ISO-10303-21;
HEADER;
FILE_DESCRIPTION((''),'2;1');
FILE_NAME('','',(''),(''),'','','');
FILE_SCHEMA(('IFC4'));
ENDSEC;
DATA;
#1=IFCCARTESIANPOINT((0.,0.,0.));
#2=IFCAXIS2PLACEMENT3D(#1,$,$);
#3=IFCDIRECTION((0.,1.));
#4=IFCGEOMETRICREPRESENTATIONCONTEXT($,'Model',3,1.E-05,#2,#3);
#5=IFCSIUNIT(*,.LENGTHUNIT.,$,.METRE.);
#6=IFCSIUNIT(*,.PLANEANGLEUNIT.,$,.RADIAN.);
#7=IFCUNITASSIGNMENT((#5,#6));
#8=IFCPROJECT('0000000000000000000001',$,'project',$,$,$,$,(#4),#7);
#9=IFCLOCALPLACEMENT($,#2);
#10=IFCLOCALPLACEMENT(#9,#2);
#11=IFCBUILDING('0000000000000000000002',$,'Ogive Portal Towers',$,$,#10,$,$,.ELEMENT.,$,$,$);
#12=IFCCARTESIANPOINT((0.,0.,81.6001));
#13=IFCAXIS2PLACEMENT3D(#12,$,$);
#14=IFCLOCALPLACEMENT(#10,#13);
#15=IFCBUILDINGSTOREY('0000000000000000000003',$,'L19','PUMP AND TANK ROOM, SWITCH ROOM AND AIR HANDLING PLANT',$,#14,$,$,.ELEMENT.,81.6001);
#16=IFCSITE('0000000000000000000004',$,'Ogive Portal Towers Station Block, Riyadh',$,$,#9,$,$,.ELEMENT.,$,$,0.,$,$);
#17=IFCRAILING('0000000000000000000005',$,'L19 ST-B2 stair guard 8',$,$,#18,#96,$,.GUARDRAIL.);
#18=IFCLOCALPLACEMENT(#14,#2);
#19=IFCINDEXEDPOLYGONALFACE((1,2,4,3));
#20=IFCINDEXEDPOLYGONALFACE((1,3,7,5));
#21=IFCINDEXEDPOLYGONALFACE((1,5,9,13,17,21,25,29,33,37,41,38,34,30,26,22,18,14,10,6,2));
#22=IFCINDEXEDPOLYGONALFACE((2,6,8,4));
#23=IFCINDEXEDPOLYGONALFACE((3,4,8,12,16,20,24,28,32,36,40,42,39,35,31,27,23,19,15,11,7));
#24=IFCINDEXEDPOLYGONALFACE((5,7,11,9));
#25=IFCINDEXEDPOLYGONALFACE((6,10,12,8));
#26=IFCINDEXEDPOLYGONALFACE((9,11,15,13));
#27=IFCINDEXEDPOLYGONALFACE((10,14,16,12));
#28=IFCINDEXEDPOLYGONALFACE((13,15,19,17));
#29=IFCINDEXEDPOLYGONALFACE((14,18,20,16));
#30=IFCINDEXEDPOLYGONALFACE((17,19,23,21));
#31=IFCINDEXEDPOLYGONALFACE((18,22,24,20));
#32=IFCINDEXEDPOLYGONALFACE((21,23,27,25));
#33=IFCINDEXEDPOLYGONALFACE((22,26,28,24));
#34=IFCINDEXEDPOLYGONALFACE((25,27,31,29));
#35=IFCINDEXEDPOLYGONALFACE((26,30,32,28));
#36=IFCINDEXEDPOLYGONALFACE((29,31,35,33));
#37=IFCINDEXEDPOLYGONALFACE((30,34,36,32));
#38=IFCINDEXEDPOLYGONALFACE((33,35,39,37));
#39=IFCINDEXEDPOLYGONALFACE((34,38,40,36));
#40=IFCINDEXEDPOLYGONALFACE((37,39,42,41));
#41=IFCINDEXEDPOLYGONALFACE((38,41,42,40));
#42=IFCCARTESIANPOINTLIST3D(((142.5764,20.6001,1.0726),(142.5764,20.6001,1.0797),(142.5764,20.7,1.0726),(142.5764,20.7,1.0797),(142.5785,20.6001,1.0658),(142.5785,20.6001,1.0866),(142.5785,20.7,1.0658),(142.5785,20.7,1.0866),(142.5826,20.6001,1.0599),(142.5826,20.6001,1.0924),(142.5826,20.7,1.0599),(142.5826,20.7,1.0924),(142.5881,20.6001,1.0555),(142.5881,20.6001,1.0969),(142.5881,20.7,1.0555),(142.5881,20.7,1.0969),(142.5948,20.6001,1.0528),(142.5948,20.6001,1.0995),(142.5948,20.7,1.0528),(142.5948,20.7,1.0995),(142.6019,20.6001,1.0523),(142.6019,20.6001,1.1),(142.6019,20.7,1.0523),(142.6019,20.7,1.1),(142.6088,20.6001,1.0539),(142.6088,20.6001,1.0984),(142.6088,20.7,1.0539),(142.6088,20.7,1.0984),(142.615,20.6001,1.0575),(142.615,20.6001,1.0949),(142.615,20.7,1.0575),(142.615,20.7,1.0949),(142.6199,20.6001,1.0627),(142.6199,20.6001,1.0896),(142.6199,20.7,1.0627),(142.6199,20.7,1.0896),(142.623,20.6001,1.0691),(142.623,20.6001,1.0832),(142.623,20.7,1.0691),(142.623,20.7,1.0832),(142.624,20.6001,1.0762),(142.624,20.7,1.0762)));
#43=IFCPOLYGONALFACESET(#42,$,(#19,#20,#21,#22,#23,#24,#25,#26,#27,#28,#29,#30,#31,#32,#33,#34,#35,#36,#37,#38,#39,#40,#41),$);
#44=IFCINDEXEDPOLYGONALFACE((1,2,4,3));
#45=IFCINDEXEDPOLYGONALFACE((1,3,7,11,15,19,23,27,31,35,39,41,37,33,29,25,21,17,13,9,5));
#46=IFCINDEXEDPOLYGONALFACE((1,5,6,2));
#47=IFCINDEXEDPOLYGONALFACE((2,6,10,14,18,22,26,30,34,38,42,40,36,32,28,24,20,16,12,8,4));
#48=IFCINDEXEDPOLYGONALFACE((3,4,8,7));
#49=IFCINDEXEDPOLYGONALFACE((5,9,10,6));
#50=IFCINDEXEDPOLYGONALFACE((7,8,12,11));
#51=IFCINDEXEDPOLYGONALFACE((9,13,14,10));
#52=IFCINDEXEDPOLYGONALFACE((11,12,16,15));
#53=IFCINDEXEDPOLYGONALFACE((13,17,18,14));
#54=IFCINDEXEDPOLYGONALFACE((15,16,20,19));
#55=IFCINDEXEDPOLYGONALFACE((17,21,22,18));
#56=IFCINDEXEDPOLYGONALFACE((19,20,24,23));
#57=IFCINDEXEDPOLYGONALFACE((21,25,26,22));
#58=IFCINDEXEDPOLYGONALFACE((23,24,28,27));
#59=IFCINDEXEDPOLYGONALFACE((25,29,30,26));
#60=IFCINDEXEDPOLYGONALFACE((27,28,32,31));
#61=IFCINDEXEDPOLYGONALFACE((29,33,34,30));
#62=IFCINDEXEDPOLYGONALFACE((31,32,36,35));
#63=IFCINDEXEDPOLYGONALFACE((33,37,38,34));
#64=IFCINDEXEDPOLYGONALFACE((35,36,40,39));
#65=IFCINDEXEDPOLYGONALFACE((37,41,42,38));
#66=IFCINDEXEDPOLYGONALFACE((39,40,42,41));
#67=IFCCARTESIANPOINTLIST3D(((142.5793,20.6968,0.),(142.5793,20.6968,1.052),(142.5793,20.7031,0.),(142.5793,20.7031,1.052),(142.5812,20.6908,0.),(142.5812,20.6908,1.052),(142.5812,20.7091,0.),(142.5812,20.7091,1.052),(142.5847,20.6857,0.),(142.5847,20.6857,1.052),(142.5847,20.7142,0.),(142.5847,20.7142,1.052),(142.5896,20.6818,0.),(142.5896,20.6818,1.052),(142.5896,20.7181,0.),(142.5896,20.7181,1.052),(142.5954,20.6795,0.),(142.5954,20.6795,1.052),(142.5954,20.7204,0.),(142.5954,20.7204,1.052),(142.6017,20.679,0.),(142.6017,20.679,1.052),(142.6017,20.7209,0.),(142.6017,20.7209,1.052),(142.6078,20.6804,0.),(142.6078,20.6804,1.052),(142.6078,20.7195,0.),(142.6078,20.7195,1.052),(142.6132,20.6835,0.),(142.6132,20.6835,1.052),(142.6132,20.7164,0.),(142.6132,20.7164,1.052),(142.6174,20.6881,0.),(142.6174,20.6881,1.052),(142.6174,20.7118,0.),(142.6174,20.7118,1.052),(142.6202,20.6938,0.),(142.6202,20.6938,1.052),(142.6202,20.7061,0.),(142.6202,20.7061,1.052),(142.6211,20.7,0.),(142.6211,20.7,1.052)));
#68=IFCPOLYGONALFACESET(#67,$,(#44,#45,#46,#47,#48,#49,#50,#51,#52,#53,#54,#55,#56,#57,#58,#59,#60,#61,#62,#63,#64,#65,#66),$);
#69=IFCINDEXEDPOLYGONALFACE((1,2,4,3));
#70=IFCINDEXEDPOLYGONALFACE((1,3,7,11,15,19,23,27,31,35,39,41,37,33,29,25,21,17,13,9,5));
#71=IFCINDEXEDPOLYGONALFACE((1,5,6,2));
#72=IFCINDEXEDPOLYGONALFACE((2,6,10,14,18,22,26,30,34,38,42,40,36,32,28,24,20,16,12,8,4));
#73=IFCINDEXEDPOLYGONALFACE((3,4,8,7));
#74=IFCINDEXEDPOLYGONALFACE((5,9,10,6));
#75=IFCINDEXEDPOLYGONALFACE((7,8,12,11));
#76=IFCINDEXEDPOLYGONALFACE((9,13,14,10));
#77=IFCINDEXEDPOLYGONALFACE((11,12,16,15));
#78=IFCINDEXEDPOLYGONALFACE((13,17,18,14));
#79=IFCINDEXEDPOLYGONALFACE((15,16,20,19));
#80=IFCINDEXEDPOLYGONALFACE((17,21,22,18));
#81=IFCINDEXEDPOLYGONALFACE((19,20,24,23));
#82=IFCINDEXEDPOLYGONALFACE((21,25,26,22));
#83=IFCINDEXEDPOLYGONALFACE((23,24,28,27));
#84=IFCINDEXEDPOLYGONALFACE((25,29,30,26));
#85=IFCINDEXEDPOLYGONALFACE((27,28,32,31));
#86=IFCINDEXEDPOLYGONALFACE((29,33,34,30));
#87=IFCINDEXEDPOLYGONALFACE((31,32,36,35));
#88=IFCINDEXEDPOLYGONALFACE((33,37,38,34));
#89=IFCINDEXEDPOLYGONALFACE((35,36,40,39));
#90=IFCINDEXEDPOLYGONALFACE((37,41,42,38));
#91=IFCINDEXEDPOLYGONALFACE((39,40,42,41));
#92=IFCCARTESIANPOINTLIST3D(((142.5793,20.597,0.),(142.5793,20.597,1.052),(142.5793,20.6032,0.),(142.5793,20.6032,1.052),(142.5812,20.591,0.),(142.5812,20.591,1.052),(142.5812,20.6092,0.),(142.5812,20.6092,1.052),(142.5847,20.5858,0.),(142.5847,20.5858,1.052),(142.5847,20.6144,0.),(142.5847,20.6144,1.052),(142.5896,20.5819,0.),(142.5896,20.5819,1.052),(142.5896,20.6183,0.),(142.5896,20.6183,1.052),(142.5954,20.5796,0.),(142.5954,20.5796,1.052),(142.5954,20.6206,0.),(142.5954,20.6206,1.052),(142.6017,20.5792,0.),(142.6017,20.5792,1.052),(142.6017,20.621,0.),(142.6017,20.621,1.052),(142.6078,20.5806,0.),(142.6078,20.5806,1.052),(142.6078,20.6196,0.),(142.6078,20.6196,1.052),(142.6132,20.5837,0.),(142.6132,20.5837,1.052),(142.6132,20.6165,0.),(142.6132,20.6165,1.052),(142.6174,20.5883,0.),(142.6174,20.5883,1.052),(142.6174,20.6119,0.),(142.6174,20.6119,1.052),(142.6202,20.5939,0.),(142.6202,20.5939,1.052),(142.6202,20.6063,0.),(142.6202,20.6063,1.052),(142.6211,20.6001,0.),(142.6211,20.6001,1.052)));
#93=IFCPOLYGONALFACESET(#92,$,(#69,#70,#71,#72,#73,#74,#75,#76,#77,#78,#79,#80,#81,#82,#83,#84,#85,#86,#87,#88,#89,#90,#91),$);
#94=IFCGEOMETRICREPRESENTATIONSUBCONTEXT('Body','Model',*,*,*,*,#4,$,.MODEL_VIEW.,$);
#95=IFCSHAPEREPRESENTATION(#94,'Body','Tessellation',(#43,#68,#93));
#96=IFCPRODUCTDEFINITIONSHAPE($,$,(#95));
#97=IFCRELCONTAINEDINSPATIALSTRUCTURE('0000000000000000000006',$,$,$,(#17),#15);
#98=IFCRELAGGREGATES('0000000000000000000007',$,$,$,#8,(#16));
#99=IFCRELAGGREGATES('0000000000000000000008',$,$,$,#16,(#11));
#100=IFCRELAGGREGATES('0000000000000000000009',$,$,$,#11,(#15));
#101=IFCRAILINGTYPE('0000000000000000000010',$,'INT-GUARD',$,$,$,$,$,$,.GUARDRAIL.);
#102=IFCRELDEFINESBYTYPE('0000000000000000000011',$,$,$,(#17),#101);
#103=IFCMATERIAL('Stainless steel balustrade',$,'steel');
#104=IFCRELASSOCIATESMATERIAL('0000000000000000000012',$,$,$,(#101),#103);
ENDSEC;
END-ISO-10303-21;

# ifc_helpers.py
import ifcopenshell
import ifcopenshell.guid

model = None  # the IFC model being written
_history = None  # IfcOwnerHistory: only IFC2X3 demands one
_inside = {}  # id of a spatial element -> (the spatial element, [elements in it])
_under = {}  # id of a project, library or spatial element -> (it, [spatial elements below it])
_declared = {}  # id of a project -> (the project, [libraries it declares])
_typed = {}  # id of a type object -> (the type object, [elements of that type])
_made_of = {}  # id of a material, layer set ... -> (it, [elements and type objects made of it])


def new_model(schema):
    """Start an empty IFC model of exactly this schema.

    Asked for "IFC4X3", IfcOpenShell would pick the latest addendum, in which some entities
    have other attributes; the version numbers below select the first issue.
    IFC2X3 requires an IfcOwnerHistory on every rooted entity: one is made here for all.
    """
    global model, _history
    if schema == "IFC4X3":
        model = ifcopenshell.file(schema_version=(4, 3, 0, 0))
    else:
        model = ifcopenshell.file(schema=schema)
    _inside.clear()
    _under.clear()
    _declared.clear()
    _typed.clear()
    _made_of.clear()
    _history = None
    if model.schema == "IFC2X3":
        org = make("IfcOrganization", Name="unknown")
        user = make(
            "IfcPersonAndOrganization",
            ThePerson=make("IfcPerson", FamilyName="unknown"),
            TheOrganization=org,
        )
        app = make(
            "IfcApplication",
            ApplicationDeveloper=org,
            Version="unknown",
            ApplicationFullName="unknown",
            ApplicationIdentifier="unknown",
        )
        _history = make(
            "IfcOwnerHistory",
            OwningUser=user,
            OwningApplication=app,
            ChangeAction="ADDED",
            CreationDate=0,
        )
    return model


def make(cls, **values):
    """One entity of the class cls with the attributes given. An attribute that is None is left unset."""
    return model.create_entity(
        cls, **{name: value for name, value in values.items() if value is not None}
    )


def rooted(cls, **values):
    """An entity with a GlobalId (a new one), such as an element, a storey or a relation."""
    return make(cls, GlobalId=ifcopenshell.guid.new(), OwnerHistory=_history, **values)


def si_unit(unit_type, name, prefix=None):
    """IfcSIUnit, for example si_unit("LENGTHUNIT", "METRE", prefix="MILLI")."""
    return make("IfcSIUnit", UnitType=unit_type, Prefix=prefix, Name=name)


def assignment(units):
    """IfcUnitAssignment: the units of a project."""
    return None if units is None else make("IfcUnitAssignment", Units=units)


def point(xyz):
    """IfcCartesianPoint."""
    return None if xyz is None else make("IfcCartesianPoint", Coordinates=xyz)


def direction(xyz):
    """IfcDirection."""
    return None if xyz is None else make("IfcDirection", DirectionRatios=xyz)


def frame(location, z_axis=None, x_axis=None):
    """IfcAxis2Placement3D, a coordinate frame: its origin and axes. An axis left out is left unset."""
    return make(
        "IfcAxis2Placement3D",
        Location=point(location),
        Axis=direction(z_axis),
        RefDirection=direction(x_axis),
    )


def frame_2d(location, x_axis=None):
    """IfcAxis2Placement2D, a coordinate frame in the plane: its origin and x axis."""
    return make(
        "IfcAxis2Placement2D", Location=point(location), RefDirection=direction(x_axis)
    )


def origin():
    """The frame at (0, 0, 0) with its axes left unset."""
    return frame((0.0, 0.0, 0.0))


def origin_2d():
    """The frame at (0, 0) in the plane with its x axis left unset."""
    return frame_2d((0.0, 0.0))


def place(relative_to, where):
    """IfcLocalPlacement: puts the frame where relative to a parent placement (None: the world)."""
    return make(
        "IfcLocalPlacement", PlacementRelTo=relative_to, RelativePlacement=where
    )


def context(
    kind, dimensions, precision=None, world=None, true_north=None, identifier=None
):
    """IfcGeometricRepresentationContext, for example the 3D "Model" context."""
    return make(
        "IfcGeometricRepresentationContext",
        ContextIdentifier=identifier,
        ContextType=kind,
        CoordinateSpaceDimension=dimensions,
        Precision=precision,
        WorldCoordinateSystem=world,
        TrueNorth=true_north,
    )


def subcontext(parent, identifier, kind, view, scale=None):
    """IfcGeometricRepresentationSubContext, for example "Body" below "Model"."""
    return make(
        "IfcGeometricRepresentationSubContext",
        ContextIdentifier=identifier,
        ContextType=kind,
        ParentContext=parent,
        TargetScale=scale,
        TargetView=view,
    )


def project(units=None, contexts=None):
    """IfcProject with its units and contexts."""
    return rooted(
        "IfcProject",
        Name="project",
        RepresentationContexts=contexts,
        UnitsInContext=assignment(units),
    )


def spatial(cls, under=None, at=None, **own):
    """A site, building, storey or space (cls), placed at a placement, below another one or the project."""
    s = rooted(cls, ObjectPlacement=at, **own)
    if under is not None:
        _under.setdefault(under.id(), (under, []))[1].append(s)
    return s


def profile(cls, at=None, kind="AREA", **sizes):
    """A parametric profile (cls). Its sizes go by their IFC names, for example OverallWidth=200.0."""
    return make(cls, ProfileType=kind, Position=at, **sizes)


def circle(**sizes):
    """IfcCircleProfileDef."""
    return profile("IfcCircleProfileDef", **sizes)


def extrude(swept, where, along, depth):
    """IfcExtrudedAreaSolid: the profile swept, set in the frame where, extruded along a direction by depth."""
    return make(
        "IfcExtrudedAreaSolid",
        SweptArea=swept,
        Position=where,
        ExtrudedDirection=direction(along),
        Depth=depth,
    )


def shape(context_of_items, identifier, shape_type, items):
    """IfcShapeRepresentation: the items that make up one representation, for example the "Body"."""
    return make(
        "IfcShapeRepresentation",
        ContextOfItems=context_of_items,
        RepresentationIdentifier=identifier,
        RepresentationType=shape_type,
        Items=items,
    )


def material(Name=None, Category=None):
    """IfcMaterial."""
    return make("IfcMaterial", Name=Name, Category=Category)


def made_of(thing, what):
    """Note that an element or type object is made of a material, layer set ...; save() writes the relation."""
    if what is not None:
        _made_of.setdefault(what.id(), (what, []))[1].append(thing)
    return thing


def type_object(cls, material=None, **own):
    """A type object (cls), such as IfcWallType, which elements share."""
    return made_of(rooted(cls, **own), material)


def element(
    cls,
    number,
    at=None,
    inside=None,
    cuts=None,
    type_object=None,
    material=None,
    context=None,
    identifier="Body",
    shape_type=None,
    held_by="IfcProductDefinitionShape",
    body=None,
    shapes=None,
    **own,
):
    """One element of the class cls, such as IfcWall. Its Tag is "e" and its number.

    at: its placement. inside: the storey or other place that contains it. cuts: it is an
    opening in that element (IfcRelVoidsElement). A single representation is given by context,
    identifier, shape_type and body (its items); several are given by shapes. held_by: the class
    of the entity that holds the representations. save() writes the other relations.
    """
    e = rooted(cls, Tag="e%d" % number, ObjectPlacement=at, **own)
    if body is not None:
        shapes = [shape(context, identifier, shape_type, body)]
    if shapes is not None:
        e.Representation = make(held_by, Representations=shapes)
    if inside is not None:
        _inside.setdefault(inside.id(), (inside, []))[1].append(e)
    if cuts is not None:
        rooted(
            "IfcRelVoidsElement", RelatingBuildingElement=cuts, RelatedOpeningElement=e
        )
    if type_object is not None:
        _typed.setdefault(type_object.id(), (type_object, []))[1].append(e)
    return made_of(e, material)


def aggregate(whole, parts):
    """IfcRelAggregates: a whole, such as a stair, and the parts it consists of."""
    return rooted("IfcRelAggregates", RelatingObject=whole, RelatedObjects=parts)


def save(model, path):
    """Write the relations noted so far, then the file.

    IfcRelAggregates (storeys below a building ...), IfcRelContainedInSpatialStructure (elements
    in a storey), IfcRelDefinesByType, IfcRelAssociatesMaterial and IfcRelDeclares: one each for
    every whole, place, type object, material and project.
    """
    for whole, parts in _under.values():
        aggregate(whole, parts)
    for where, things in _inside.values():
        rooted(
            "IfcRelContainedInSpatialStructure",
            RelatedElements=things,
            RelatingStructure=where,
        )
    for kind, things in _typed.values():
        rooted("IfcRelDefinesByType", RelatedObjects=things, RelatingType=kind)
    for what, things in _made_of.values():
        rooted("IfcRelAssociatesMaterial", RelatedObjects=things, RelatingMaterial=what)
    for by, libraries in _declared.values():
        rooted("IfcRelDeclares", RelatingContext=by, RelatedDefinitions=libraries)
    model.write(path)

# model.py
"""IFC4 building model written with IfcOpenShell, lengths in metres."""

from ifc_helpers import new_model, si_unit, direction, frame, origin, origin_2d, place, context, subcontext, project, spatial, circle, extrude, material, type_object, element, save


model = new_model("IFC4")

# Units and contexts
model_context = context("Model", 3, precision=1e-05, world=origin(), true_north=direction((0.0, 1.0)))
body_context = subcontext(model_context, "Body", "Model", "MODEL_VIEW")
ifc_project = project(units=[si_unit("LENGTHUNIT", "METRE"), si_unit("PLANEANGLEUNIT", "RADIAN")], contexts=[model_context])

# Site, building, storey
site_placement = place(None, origin())
site = spatial("IfcSite", under=ifc_project, at=site_placement, Name="Ogive Portal Towers Station Block, Riyadh", CompositionType="ELEMENT", RefElevation=0.0)
building_placement = place(site_placement, origin())
building = spatial("IfcBuilding", under=site, at=building_placement, Name="Ogive Portal Towers", CompositionType="ELEMENT")
storey_placement = place(building_placement, frame((0.0, 0.0, 81.6001)))
storey = spatial("IfcBuildingStorey", under=building, at=storey_placement, Name="L19", Description="PUMP AND TANK ROOM, SWITCH ROOM AND AIR HANDLING PLANT", CompositionType="ELEMENT", Elevation=81.6001)

# Railing
ifc_material_1 = material(Name="Stainless steel balustrade", Category="steel")
railing_type_1 = type_object("IfcRailingType", Name="INT-GUARD", PredefinedType="GUARDRAIL", material=ifc_material_1)
railing_1_placement = place(storey_placement, frame((142.6001, 20.7, 0.0)))
element("IfcRailing", 1, at=railing_1_placement, inside=storey, type_object=railing_type_1, Name="L19 ST-B2 stair guard 8", PredefinedType="GUARDRAIL", context=body_context, shape_type="SweptSolid", body=[
    extrude(circle(Radius=0.0239, at=origin_2d()), frame((0.0, 0.0, 1.0762), z_axis=(0.0, -1.0, 0.0), x_axis=(1.0, 0.0, 0.0)), (0.0, 0.0, 1.0), 0.0999),
    extrude(circle(Radius=0.021, at=origin_2d()), origin(), (0.0, 0.0, 1.0), 1.052),
    extrude(circle(Radius=0.021, at=origin_2d()), frame((0.0, -0.0999, 0.0)), (0.0, 0.0, 1.0), 1.052),
])

save(model, "model.ifc")
